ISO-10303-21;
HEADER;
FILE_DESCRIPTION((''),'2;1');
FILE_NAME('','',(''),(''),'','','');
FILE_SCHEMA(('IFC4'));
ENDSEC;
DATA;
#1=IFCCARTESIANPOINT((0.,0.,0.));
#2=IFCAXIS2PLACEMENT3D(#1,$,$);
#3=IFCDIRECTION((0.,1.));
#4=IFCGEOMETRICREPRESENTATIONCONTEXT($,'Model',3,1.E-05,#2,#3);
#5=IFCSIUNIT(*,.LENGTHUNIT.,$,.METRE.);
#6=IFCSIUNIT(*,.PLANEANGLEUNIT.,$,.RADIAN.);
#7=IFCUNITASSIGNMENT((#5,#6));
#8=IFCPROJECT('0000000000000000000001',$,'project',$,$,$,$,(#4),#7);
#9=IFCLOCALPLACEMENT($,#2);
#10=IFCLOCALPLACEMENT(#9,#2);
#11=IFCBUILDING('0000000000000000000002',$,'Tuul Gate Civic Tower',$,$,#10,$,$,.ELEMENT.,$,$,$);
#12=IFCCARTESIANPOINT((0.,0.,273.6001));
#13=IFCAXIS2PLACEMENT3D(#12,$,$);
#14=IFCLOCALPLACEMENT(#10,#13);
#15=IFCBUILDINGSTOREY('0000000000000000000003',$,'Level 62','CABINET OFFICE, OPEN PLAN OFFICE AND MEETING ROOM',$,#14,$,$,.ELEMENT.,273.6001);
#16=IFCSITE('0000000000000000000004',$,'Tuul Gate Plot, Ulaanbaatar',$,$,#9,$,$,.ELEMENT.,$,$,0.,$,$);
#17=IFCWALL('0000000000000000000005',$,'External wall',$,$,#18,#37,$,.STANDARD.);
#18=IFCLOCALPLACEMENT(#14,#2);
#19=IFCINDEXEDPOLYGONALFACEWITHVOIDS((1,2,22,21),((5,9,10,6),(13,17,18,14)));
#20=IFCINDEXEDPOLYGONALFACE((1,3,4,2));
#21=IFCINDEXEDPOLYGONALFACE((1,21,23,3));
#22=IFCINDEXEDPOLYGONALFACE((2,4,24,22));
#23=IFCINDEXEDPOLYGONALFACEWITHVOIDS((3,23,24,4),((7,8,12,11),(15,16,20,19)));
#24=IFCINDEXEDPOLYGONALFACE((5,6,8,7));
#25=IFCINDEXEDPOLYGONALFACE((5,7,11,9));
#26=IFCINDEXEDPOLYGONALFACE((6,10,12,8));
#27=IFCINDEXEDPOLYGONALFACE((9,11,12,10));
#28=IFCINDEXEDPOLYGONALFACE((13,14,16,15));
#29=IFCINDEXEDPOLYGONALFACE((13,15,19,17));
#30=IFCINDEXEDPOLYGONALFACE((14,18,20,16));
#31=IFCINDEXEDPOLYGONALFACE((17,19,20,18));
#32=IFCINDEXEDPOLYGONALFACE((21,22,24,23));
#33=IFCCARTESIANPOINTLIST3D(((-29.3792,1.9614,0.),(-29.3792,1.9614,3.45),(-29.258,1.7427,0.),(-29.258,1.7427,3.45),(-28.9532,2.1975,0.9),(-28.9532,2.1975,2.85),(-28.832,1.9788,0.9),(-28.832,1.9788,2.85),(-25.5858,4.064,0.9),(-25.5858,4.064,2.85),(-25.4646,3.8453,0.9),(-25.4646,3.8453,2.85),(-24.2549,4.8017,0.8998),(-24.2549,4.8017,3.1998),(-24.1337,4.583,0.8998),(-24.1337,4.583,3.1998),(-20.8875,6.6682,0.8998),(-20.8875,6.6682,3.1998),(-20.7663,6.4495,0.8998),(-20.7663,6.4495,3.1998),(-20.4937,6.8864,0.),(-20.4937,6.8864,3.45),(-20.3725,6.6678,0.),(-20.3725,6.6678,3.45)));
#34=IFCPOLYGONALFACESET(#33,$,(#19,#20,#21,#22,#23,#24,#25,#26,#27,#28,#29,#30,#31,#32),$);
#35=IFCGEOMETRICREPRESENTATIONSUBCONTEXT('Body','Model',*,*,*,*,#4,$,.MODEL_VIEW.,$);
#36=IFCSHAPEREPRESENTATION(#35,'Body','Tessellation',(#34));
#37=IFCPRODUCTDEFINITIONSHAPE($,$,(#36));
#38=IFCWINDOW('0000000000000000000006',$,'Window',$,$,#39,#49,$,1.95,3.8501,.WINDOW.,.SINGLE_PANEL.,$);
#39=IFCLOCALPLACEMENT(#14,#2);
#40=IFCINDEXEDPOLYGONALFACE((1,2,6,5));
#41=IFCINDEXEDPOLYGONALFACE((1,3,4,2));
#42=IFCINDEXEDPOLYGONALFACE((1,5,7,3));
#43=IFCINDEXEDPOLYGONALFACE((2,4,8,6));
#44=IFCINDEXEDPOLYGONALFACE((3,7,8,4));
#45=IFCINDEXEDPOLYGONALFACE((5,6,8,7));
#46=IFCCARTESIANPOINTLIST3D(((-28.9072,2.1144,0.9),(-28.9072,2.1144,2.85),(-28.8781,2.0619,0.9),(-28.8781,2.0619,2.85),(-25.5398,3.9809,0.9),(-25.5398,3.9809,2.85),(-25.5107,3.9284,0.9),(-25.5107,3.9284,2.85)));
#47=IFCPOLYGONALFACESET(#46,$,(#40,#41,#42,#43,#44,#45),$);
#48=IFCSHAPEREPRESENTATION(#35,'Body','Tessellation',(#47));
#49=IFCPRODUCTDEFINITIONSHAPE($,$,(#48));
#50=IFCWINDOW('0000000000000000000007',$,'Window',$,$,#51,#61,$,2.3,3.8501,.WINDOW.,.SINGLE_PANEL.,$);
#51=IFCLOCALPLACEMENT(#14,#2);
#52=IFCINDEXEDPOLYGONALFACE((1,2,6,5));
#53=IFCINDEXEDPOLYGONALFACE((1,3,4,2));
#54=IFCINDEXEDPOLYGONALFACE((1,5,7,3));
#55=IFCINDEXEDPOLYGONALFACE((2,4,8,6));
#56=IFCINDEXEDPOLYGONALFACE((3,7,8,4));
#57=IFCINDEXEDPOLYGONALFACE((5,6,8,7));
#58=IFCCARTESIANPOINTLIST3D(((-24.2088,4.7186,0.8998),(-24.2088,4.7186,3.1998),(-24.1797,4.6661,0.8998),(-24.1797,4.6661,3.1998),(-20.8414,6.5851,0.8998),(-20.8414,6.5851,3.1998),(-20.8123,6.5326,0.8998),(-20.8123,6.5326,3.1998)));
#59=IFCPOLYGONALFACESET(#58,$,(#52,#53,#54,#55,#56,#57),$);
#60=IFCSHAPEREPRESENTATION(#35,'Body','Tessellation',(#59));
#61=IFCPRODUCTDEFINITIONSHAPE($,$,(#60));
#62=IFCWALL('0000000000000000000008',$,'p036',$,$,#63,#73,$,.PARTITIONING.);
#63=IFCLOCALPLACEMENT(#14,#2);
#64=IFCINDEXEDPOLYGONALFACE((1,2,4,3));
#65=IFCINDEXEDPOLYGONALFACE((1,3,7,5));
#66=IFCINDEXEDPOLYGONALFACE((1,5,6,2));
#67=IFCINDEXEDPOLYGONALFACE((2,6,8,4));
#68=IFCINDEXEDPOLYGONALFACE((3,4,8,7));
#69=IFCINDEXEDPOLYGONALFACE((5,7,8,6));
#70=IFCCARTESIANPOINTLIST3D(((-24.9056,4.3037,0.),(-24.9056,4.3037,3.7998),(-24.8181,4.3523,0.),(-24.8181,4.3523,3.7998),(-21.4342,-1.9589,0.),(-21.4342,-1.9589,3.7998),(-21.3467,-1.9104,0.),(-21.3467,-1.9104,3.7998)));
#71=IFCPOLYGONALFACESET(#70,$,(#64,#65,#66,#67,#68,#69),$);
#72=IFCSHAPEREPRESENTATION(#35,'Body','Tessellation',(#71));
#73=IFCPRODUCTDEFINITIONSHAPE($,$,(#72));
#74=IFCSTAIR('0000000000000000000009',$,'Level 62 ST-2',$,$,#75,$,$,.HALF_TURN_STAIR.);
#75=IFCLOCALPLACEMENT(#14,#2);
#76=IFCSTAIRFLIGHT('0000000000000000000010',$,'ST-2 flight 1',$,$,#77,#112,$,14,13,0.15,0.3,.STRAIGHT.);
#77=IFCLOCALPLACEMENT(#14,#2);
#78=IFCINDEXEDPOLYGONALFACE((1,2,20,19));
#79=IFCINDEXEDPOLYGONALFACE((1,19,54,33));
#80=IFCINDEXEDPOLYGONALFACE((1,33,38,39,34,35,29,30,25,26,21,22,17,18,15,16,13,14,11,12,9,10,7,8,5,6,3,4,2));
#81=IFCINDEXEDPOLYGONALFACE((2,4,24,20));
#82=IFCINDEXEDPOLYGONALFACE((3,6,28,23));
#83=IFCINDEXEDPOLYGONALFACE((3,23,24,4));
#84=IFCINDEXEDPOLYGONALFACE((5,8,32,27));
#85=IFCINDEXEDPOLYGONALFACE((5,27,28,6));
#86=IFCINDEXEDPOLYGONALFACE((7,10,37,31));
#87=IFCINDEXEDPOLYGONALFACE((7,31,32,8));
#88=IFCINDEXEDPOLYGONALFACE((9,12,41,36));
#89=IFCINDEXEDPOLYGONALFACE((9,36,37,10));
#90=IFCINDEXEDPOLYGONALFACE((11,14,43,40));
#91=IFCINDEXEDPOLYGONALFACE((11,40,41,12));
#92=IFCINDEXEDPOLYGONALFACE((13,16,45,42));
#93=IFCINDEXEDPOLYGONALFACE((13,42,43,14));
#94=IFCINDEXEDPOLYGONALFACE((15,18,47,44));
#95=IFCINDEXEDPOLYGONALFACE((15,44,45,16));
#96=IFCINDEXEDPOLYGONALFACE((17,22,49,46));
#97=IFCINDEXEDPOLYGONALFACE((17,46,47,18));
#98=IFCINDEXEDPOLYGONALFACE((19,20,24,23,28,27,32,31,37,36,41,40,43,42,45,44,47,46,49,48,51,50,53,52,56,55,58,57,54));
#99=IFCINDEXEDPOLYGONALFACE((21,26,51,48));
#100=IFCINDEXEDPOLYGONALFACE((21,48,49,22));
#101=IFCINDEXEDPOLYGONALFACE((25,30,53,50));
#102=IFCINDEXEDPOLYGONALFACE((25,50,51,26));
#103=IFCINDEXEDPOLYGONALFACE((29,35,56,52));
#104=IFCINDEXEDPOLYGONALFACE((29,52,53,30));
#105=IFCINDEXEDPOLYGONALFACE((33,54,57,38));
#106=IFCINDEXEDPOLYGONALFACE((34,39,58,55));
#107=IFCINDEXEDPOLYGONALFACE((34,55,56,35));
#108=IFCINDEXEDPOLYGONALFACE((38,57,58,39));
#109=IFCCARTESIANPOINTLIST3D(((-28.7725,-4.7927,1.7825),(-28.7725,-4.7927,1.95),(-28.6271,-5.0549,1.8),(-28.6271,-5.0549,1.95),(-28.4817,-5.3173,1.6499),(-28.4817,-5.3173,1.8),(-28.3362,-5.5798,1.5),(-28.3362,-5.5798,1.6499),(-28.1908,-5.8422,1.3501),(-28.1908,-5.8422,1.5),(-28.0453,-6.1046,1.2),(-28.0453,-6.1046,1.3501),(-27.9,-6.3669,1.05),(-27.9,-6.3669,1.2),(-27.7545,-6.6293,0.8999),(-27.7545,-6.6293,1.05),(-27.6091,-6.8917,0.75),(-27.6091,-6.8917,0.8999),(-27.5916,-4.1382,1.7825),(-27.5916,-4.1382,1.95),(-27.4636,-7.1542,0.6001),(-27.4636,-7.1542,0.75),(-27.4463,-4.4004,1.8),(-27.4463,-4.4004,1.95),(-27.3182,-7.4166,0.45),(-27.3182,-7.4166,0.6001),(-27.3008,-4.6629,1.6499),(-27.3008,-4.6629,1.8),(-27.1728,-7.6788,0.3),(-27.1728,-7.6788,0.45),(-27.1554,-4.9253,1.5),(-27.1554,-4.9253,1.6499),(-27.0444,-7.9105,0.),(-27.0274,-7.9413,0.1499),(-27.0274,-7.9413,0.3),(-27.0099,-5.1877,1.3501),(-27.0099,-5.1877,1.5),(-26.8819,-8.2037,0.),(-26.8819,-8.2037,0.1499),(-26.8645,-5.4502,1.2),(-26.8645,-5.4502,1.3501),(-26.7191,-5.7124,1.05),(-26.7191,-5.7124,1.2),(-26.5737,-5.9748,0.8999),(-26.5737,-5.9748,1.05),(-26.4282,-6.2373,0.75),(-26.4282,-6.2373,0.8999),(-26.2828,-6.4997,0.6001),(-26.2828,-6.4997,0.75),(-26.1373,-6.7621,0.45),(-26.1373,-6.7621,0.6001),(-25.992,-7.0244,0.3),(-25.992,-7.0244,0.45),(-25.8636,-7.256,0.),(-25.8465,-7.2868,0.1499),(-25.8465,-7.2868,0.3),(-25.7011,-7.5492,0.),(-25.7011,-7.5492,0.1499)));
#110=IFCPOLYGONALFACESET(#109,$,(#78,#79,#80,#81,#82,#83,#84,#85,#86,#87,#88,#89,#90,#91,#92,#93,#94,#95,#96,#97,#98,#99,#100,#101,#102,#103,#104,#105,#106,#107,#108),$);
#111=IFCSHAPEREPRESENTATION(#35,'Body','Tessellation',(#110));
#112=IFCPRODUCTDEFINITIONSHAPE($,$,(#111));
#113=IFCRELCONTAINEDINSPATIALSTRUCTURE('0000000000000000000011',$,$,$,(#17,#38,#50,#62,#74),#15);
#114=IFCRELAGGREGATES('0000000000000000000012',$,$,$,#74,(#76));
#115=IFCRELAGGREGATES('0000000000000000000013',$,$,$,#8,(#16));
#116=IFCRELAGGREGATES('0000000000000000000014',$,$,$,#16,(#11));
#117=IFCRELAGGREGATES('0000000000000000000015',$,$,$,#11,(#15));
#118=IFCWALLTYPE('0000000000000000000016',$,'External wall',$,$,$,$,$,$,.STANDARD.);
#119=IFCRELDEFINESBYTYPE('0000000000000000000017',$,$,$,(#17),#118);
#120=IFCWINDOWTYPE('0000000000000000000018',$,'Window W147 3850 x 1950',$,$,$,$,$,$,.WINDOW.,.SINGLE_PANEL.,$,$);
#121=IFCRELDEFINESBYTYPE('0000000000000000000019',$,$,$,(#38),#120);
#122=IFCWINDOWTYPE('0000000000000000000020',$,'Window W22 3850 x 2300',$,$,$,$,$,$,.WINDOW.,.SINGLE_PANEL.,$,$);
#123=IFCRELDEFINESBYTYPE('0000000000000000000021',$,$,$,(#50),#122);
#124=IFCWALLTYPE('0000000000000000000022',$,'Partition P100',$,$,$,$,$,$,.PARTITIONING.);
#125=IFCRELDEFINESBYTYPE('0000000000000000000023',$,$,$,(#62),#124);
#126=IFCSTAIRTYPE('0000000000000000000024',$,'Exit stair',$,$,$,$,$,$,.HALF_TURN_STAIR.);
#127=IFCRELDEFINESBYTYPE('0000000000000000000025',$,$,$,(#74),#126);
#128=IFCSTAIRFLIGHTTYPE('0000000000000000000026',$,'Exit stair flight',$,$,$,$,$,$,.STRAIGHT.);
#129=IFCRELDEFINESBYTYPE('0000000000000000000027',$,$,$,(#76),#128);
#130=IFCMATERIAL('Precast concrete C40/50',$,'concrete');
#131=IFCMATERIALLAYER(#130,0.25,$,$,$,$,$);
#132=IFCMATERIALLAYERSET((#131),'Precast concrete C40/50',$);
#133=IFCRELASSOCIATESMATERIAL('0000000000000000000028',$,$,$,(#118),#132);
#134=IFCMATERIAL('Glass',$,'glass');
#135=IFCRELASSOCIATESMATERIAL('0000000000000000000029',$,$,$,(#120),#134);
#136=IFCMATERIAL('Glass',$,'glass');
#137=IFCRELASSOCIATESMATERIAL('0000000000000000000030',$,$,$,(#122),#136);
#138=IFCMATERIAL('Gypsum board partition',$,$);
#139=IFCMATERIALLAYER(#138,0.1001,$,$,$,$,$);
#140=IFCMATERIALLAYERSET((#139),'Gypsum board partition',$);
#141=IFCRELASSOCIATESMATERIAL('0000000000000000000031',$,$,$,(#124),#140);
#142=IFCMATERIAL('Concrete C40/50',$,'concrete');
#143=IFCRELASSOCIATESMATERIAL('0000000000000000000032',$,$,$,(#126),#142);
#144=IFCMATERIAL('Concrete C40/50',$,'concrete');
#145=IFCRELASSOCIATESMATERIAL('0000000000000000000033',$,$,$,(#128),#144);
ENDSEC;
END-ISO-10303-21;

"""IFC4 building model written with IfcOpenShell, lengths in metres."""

from ifc_helpers import new_model, si_unit, direction, frame, frame_2d, origin, place, context, subcontext, project, spatial, polyline, rectangle, outline, extrude, material, layer, layer_set, type_object, element, fill, aggregate, save


model = new_model("IFC4")

# Units and contexts
model_context = context("Model", 3, precision=1e-05, world=origin(), true_north=direction((0.0, 1.0)))
body_context = subcontext(model_context, "Body", "Model", "MODEL_VIEW")
ifc_project = project(units=[si_unit("LENGTHUNIT", "METRE"), si_unit("PLANEANGLEUNIT", "RADIAN")], contexts=[model_context])

# Site, building, storey
site_placement = place(None, origin())
site = spatial("IfcSite", under=ifc_project, at=site_placement, Name="Tuul Gate Plot, Ulaanbaatar", CompositionType="ELEMENT", RefElevation=0.0)
building_placement = place(site_placement, origin())
building = spatial("IfcBuilding", under=site, at=building_placement, Name="Tuul Gate Civic Tower", CompositionType="ELEMENT")
storey_placement = place(building_placement, frame((0.0, 0.0, 273.6001)))
storey = spatial("IfcBuildingStorey", under=building, at=storey_placement, Name="Level 62", Description="CABINET OFFICE, OPEN PLAN OFFICE AND MEETING ROOM", CompositionType="ELEMENT", Elevation=273.6001)

# Wall, openings, windows
ifc_material_1 = material(Name="Precast concrete C40/50", Category="concrete")
ifc_layer_1 = layer(ifc_material_1, 0.25)
ifc_layer_set_1 = layer_set([ifc_layer_1], Name="Precast concrete C40/50")
wall_type_1 = type_object("IfcWallType", Name="External wall", PredefinedType="STANDARD", material=ifc_layer_set_1)
wall_1_placement = place(storey_placement, frame((-20.4331, 6.7771, 0.0), z_axis=(0.0, 0.0, 1.0), x_axis=(-0.874631, -0.48479, 0.0)))
wall_1 = element("IfcWall", 1, at=wall_1_placement, inside=storey, type_object=wall_type_1, Name="External wall", PredefinedType="STANDARD", context=body_context, shape_type="SweptSolid", body=[
    extrude(rectangle(XDim=10.1592, YDim=0.25, at=frame_2d((5.0796, 0.0))), origin(), (0.0, 0.0, 1.0), 3.45),
])
opening_1_placement = place(wall_1_placement, frame((0.4502, 0.0, 0.8999)))
opening_1 = element("IfcOpeningElement", 2, at=opening_1_placement, cuts=wall_1, PredefinedType="OPENING", context=body_context, shape_type="SweptSolid", body=[
    extrude(rectangle(XDim=3.8501, YDim=2.3, at=frame_2d((1.925, 1.1499))), frame((0.0, 0.135, 0.0), z_axis=(0.0, -1.0, 0.0), x_axis=(1.0, 0.0, 0.0)), (0.0, 0.0, 1.0), 0.27),
])
opening_2_placement = place(wall_1_placement, frame((5.822, 0.0, 0.8999)))
opening_2 = element("IfcOpeningElement", 3, at=opening_2_placement, cuts=wall_1, PredefinedType="OPENING", context=body_context, shape_type="SweptSolid", body=[
    extrude(rectangle(XDim=3.8501, YDim=1.95, at=frame_2d((1.925, 0.9751))), frame((0.0, 0.135, 0.0), z_axis=(0.0, -1.0, 0.0), x_axis=(1.0, 0.0, 0.0)), (0.0, 0.0, 1.0), 0.27),
])
ifc_material_2 = material(Name="Glass", Category="glass")
window_type_1 = type_object("IfcWindowType", Name="Window W147 3850 x 1950", PartitioningType="SINGLE_PANEL", PredefinedType="WINDOW", material=ifc_material_2)
window_1_placement = place(opening_2_placement, origin())
window_1 = element("IfcWindow", 4, at=window_1_placement, inside=storey, type_object=window_type_1, Name="Window", OverallHeight=1.95, OverallWidth=3.8501, PartitioningType="SINGLE_PANEL", PredefinedType="WINDOW", context=body_context, shape_type="SweptSolid", body=[
    extrude(rectangle(XDim=3.8501, YDim=1.95, at=frame_2d((1.925, 0.9751))), frame((0.0, 0.03, 0.0), z_axis=(0.0, -1.0, 0.0), x_axis=(1.0, 0.0, 0.0)), (0.0, 0.0, 1.0), 0.0601),
])
fill(opening_2, window_1)
ifc_material_3 = material(Name="Glass", Category="glass")
window_type_2 = type_object("IfcWindowType", Name="Window W22 3850 x 2300", PartitioningType="SINGLE_PANEL", PredefinedType="WINDOW", material=ifc_material_3)
window_2_placement = place(opening_1_placement, origin())
window_2 = element("IfcWindow", 5, at=window_2_placement, inside=storey, type_object=window_type_2, Name="Window", OverallHeight=2.3, OverallWidth=3.8501, PartitioningType="SINGLE_PANEL", PredefinedType="WINDOW", context=body_context, shape_type="SweptSolid", body=[
    extrude(rectangle(XDim=3.8501, YDim=2.3, at=frame_2d((1.925, 1.1499))), frame((0.0, 0.03, 0.0), z_axis=(0.0, -1.0, 0.0), x_axis=(1.0, 0.0, 0.0)), (0.0, 0.0, 1.0), 0.0601),
])
fill(opening_1, window_2)

# Wall
ifc_material_4 = material(Name="Gypsum board partition")
ifc_layer_2 = layer(ifc_material_4, 0.1001)
ifc_layer_set_2 = layer_set([ifc_layer_2], Name="Gypsum board partition")
wall_type_2 = type_object("IfcWallType", Name="Partition P100", PredefinedType="PARTITIONING", material=ifc_layer_set_2)
wall_2_placement = place(storey_placement, frame((-24.8618, 4.3279, 0.0), z_axis=(0.0, 0.0, 1.0), x_axis=(0.484806, -0.874622, 0.0)))
element("IfcWall", 6, at=wall_2_placement, inside=storey, type_object=wall_type_2, Name="p036", PredefinedType="PARTITIONING", context=body_context, shape_type="SweptSolid", body=[
    extrude(rectangle(XDim=7.1604, YDim=0.1001, at=frame_2d((3.5801, 0.0))), origin(), (0.0, 0.0, 1.0), 3.7998),
])

# Stair, stair flight
ifc_material_5 = material(Name="Concrete C40/50", Category="concrete")
stair_type = type_object("IfcStairType", Name="Exit stair", PredefinedType="HALF_TURN_STAIR", material=ifc_material_5)
stair_placement = place(storey_placement, origin())
stair = element("IfcStair", 7, at=stair_placement, inside=storey, type_object=stair_type, Name="Level 62 ST-2", PredefinedType="HALF_TURN_STAIR")
ifc_material_6 = material(Name="Concrete C40/50", Category="concrete")
stair_flight_type = type_object("IfcStairFlightType", Name="Exit stair flight", PredefinedType="STRAIGHT", material=ifc_material_6)
stair_flight_placement = place(storey_placement, frame((-26.2915, -7.8765, 0.0), z_axis=(0.0, 0.0, 1.0), x_axis=(-0.484762, 0.874646, 0.0)))
stair_flight = element("IfcStairFlight", 8, at=stair_flight_placement, type_object=stair_flight_type, Name="ST-2 flight 1", NumberOfRisers=14, NumberOfTreads=13, PredefinedType="STRAIGHT", RiserHeight=0.15, TreadLength=0.3, context=body_context, shape_type="SweptSolid", body=[
    extrude(outline(polyline([(0.0, 0.0), (0.0, 0.1499), (0.3, 0.1499), (0.3, 0.3), (0.6001, 0.3), (0.6001, 0.45), (0.8999, 0.45), (0.8999, 0.6001), (1.2, 0.6001), (1.2, 0.75), (1.5, 0.75), (1.5, 0.8999), (1.8, 0.8999), (1.8, 1.05), (2.1001, 1.05), (2.1001, 1.2), (2.3999, 1.2), (2.3999, 1.3501), (2.7, 1.3501), (2.7, 1.5), (3.0, 1.5), (3.0, 1.6499), (3.3, 1.6499), (3.3, 1.8), (3.6001, 1.8), (3.6001, 1.95), (3.8999, 1.95), (3.8999, 2.1001), (3.8999, 1.7825), (0.3352, 0.0), (0.0, 0.0)])), frame((0.0, 0.675, 0.0), z_axis=(0.0, -1.0, 0.0), x_axis=(1.0, 0.0, 0.0)), (0.0, 0.0, 1.0), 1.3501),
])
aggregate(stair, [stair_flight])

save(model, "model.ifc")
